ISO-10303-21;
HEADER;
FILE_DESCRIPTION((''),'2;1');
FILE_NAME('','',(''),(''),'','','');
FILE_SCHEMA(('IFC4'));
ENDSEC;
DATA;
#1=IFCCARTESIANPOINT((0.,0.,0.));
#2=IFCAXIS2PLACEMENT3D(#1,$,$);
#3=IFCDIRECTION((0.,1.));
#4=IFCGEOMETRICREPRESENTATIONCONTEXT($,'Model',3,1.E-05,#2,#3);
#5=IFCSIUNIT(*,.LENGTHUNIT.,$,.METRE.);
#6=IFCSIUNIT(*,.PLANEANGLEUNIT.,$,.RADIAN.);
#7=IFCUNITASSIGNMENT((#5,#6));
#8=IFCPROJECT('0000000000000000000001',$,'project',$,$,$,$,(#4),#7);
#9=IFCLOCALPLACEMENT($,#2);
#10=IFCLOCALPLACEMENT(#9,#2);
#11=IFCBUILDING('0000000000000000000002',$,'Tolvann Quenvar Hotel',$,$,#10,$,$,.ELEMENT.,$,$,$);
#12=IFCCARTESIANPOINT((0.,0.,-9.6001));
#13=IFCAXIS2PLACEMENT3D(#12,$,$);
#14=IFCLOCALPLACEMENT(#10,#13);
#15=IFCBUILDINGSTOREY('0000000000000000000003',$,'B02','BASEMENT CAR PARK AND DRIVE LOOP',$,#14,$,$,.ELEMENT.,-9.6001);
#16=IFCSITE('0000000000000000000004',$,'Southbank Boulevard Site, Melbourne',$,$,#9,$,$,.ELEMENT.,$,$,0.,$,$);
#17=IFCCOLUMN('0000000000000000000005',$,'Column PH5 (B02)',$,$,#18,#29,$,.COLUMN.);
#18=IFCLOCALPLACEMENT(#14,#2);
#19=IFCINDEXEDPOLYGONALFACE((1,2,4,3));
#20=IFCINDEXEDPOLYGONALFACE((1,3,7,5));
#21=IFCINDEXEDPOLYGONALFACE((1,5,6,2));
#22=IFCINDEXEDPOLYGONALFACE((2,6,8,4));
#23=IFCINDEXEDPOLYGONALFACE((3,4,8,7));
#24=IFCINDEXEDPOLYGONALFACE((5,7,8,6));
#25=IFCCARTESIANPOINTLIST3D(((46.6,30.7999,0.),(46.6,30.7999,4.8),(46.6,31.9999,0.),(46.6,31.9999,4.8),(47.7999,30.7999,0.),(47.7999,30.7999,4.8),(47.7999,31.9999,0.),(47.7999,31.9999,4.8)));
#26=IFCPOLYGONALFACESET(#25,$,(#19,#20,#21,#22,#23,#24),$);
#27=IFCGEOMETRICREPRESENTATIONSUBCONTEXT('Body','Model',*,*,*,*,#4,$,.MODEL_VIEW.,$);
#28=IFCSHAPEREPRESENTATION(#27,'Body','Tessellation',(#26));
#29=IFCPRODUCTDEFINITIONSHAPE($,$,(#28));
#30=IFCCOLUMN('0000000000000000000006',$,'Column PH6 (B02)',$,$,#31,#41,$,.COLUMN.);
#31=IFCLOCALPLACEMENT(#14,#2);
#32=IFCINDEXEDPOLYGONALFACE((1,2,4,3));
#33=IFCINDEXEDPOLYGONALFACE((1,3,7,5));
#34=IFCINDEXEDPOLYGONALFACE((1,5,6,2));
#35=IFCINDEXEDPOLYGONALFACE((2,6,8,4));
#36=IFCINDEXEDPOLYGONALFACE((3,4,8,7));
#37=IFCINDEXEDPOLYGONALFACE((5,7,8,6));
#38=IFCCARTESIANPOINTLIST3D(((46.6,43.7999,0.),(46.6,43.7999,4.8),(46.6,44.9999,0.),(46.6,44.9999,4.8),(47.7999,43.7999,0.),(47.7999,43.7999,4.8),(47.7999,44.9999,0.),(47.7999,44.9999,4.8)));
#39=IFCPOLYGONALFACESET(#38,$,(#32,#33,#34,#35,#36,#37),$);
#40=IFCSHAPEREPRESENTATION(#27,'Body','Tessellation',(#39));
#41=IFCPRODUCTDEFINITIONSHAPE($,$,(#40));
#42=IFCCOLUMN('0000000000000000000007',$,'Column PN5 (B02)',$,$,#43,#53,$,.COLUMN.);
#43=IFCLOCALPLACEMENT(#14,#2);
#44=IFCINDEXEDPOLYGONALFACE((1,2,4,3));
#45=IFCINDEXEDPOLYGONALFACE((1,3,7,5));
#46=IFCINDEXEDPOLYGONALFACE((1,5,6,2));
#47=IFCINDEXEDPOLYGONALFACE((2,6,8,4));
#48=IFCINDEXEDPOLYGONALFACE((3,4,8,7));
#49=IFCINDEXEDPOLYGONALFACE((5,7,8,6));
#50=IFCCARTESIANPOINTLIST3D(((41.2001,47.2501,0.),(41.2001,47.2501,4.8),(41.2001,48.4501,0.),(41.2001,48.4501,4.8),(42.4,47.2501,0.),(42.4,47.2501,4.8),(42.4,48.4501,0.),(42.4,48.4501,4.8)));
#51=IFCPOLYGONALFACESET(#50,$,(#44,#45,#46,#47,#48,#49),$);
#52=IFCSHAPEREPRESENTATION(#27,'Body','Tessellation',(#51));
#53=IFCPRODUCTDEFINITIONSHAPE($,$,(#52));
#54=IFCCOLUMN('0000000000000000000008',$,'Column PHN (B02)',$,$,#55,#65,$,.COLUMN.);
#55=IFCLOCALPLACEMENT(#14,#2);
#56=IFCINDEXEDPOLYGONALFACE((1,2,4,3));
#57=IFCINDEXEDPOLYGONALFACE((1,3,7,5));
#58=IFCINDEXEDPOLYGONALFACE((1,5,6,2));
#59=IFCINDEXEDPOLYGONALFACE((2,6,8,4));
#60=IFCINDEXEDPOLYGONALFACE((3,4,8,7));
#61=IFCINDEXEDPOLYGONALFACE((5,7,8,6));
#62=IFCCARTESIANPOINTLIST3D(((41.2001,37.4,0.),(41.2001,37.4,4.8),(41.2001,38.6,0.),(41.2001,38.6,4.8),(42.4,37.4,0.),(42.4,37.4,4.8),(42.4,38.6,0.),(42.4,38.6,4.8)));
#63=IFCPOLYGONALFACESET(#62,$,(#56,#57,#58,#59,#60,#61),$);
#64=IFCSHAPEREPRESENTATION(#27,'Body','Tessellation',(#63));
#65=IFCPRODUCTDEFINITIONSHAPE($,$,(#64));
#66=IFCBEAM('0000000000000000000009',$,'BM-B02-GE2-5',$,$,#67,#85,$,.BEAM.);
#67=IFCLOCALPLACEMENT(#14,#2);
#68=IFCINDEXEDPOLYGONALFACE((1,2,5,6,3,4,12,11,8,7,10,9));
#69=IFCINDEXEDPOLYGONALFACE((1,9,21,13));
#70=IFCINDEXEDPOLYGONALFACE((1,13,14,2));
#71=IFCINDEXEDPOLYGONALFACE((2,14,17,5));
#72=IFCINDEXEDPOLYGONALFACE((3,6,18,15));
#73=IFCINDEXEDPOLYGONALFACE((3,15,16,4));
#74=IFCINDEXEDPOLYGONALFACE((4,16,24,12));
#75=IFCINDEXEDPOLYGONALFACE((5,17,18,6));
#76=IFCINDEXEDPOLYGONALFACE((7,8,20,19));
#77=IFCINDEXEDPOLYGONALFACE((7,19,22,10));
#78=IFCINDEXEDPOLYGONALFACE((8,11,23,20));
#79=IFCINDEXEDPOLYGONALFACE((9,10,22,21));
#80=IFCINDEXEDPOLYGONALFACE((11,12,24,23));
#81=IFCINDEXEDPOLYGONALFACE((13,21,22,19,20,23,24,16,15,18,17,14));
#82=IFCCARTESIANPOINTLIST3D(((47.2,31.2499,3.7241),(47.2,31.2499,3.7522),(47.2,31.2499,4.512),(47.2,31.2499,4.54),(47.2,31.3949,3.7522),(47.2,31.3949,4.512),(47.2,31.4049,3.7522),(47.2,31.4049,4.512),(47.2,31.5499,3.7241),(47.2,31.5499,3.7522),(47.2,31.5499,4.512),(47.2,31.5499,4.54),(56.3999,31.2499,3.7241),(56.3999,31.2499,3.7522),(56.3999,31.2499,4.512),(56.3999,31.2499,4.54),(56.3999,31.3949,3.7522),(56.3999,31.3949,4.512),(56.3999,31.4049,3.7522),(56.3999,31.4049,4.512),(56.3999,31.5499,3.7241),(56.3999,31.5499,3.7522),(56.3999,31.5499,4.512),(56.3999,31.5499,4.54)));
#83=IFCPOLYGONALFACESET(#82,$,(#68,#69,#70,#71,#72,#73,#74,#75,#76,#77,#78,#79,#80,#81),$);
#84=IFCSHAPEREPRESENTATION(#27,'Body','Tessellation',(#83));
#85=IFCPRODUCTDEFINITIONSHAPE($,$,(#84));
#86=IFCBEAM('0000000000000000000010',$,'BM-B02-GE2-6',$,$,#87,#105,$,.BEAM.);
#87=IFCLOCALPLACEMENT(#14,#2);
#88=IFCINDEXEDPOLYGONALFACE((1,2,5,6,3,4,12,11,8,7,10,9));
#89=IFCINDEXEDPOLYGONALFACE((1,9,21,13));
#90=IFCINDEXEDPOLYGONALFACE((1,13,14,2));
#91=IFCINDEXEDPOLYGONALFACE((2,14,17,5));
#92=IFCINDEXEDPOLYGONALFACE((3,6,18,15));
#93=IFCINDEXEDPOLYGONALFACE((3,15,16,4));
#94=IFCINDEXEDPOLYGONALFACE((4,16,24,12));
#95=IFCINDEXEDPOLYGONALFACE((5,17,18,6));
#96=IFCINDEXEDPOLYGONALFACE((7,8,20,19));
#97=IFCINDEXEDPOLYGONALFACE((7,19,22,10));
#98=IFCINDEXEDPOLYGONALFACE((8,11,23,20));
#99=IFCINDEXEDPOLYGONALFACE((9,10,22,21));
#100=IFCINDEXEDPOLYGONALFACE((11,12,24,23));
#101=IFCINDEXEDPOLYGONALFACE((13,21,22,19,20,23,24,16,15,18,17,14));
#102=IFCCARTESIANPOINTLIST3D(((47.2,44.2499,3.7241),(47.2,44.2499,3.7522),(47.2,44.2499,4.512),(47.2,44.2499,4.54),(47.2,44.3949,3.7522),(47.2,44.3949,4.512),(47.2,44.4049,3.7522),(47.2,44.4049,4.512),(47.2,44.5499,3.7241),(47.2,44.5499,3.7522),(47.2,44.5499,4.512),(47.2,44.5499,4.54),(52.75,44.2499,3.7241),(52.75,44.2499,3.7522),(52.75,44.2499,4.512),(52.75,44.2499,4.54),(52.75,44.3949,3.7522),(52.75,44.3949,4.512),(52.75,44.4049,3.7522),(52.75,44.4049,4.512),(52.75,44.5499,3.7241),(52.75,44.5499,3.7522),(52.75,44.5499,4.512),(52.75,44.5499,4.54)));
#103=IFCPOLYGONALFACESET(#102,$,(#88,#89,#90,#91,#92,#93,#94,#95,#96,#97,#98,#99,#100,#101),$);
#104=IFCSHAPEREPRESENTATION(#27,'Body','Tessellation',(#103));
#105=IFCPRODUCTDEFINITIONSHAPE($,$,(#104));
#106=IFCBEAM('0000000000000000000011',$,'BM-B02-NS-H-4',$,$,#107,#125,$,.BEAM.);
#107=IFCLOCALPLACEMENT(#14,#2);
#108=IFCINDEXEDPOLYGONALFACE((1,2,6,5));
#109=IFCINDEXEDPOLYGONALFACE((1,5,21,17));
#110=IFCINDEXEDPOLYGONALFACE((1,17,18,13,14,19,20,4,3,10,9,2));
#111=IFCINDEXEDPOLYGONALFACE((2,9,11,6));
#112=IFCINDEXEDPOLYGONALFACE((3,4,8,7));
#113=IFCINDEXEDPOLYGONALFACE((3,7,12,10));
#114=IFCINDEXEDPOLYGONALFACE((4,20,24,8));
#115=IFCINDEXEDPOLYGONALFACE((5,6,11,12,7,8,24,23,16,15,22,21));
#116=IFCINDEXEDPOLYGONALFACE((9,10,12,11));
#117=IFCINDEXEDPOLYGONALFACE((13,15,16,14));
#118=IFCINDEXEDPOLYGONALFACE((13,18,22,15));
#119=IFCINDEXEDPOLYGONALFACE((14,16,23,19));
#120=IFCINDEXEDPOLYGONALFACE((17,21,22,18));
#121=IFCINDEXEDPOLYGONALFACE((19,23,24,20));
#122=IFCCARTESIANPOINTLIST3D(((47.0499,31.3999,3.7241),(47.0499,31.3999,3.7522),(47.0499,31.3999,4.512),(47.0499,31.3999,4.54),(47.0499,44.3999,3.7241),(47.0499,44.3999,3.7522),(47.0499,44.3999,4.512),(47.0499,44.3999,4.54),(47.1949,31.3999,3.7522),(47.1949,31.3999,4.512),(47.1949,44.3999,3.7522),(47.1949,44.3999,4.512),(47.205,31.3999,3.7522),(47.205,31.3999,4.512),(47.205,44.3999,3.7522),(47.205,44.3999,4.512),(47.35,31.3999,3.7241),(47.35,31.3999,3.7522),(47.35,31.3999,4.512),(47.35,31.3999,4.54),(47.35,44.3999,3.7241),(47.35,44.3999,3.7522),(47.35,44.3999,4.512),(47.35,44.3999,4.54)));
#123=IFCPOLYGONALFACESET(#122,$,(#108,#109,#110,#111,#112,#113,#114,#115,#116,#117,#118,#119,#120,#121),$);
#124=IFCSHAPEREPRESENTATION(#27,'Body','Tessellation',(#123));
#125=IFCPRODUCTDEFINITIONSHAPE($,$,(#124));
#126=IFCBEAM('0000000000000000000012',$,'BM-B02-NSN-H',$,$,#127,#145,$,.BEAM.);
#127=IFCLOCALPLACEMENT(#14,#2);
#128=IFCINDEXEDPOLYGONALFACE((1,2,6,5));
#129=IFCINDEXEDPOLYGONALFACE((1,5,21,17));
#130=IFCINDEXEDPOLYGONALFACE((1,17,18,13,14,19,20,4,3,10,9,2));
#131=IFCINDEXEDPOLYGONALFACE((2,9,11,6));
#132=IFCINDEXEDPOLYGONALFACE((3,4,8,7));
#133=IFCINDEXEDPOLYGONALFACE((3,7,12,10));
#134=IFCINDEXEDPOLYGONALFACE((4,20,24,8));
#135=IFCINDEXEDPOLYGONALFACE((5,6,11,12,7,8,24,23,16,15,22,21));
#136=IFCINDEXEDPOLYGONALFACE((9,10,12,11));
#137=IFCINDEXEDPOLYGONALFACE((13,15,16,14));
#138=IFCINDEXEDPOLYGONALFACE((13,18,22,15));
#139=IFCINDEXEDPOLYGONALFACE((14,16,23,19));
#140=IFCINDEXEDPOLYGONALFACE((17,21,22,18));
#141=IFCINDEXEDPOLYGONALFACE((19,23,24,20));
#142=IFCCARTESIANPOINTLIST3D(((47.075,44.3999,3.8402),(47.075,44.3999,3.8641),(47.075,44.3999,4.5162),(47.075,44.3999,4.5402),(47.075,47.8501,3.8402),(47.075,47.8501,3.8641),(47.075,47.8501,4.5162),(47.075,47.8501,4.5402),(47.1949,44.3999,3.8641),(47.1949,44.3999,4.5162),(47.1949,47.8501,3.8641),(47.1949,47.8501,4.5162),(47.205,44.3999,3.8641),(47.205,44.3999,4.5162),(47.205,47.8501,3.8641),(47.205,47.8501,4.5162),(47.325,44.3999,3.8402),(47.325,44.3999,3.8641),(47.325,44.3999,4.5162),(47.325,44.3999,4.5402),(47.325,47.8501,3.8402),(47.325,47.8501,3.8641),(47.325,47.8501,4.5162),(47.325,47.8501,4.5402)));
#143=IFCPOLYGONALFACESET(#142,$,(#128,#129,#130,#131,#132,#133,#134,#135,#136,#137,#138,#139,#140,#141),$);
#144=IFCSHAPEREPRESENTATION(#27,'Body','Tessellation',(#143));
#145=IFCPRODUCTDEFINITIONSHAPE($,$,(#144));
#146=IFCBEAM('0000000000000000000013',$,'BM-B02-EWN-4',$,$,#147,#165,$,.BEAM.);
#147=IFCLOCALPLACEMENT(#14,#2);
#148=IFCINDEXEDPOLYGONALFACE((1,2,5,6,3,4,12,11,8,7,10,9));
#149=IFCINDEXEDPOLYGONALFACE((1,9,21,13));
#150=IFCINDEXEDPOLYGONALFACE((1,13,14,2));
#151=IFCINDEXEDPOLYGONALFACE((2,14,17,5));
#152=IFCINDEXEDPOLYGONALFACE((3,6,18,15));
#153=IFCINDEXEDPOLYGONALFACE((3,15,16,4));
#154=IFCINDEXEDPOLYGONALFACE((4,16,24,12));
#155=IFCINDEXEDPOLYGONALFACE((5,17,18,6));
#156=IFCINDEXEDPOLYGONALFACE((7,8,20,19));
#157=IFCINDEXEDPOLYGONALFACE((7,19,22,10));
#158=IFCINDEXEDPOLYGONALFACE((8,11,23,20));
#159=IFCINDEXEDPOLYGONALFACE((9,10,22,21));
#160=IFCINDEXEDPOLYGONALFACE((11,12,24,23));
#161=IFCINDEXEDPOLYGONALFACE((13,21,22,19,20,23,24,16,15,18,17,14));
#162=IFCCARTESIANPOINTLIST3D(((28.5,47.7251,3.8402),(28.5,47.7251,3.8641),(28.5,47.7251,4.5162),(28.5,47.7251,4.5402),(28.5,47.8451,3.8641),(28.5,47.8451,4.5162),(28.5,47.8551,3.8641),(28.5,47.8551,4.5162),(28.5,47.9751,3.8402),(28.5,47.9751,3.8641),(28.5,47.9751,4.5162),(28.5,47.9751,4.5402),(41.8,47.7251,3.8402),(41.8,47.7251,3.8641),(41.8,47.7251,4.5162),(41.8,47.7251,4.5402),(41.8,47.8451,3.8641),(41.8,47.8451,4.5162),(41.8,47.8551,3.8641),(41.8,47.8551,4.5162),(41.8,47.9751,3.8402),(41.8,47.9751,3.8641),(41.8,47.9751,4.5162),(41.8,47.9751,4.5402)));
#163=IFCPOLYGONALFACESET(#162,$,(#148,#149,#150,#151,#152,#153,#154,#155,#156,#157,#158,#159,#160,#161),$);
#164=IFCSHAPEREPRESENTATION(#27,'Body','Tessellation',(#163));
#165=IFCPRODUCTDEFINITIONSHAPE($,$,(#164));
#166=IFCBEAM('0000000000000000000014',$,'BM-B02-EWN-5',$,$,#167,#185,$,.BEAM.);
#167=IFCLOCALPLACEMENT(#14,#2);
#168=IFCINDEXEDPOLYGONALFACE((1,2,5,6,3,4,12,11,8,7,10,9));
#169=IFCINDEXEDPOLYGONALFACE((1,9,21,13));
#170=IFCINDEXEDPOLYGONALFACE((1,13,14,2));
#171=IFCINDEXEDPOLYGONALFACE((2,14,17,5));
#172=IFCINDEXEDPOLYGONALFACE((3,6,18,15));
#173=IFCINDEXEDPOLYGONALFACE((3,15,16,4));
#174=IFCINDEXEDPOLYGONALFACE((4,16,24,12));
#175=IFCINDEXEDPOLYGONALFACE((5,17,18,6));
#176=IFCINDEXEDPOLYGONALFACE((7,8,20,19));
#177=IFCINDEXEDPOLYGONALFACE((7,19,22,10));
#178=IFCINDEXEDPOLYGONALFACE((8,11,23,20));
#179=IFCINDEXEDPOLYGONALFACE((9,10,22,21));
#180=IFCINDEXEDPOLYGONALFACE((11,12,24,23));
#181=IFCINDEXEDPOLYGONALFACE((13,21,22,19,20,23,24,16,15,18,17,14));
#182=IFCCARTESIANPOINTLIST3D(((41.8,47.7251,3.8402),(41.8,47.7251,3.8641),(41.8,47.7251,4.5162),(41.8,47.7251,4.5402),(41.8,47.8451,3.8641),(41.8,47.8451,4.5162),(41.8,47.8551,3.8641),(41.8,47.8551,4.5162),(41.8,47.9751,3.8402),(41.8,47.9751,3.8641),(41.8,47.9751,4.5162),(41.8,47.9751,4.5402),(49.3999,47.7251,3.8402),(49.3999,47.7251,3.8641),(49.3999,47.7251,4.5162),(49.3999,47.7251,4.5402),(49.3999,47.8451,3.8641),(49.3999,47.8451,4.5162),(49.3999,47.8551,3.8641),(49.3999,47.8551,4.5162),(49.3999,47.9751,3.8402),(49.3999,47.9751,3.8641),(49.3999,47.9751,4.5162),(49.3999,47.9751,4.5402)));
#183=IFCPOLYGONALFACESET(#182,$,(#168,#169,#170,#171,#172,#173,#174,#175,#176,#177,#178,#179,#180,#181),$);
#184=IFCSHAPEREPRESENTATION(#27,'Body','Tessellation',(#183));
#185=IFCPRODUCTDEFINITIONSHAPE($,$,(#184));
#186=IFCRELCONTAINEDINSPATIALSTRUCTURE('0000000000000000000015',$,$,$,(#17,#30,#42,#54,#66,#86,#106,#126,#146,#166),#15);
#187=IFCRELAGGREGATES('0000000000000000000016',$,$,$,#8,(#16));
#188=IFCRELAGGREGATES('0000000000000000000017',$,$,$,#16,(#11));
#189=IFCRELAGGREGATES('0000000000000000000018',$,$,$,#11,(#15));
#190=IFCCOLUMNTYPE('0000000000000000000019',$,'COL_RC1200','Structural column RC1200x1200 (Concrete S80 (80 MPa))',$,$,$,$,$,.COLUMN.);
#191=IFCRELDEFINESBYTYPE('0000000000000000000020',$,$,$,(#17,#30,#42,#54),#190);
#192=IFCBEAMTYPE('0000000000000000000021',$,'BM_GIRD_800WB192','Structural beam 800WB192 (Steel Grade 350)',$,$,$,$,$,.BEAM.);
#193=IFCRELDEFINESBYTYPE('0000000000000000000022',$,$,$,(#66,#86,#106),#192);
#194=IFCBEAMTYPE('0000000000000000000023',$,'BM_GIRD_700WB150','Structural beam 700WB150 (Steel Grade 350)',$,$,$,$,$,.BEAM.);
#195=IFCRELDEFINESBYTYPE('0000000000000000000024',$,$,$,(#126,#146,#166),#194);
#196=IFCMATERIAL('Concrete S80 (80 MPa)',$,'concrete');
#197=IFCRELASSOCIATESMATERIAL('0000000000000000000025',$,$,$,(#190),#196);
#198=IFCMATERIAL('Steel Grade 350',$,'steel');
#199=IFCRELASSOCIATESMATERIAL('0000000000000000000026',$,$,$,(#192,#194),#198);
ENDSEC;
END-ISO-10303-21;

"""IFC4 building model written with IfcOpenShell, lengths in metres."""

from ifc_helpers import new_model, si_unit, direction, frame, origin, origin_2d, place, context, subcontext, project, spatial, rectangle, i_section, extrude, source, transform, mapped, material, material_profile, profile_set, type_object, type_shapes, element, save


model = new_model("IFC4")

# Units and contexts
model_context = context("Model", 3, precision=1e-05, world=origin(), true_north=direction((0.0, 1.0)))
body_context = subcontext(model_context, "Body", "Model", "MODEL_VIEW")
ifc_project = project(units=[si_unit("LENGTHUNIT", "METRE"), si_unit("PLANEANGLEUNIT", "RADIAN")], contexts=[model_context])

# Site, building, storey
site_placement = place(None, origin())
site = spatial("IfcSite", under=ifc_project, at=site_placement, Name="Southbank Boulevard Site, Melbourne", CompositionType="ELEMENT", RefElevation=0.0)
building_placement = place(site_placement, origin())
building = spatial("IfcBuilding", under=site, at=building_placement, Name="Tolvann Quenvar Hotel", CompositionType="ELEMENT")
storey_placement = place(building_placement, frame((0.0, 0.0, -9.6001)))
storey = spatial("IfcBuildingStorey", under=building, at=storey_placement, Name="B02", Description="BASEMENT CAR PARK AND DRIVE LOOP", CompositionType="ELEMENT", Elevation=-9.6001)

# Columns
ifc_material_1 = material(Name="Concrete S80 (80 MPa)", Category="concrete")
ifc_material_profile_1 = material_profile(ifc_material_1, rectangle(XDim=1.2, YDim=1.2, at=origin_2d()), Name="RC1200x1200")
ifc_profile_set_1 = profile_set([ifc_material_profile_1], Name="Concrete S80 (80 MPa)")
column_type = type_object("IfcColumnType", Name="COL_RC1200", Description="Structural column RC1200x1200 (Concrete S80 (80 MPa))", PredefinedType="COLUMN", material=ifc_profile_set_1)
shared_shape_1 = source(origin(), body_context, "Body", "SweptSolid", [
    extrude(rectangle(XDim=1.2, YDim=1.2, at=origin_2d()), origin(), (0.0, 0.0, 1.0), 4.8),
])
type_shapes(column_type, [shared_shape_1])
for number, where, z_axis, x_axis, name in (
    (1, (47.2, 31.3999, 0.0), (0.0, 0.0, 1.0), (1.0, 0.0, 0.0), "Column PH5 (B02)"),
    (2, (47.2, 44.3999, 0.0), (0.0, 0.0, 1.0), (1.0, 0.0, 0.0), "Column PH6 (B02)"),
    (3, (41.8, 47.8501, 0.0), (0.0, 0.0, 1.0), (1.0, 0.0, 0.0), "Column PN5 (B02)"),
    (4, (41.8, 38.0, 0.0), (0.0, 0.0, 1.0), (1.0, 0.0, 0.0), "Column PHN (B02)"),
):
    element("IfcColumn", number, at=place(storey_placement, frame(where, z_axis=z_axis, x_axis=x_axis)), inside=storey, type_object=column_type, Name=name, PredefinedType="COLUMN", context=body_context, shape_type="MappedRepresentation", body=[
        mapped(shared_shape_1, transform((0.0, 0.0, 0.0), x_axis=(1.0, 0.0, 0.0), y_axis=(0.0, 1.0, 0.0), z_axis=(0.0, 0.0, 1.0), scale=1.0)),
    ])

# Beams
ifc_material_2 = material(Name="Steel Grade 350", Category="steel")
ifc_material_profile_2 = material_profile(ifc_material_2, i_section(OverallWidth=0.3, OverallDepth=0.8159, WebThickness=0.01, FlangeThickness=0.0281, at=origin_2d()), Name="800WB192")
ifc_profile_set_2 = profile_set([ifc_material_profile_2], Name="Steel Grade 350")
beam_type_1 = type_object("IfcBeamType", Name="BM_GIRD_800WB192", Description="Structural beam 800WB192 (Steel Grade 350)", PredefinedType="BEAM", material=ifc_profile_set_2)
shared_shape_2 = source(origin(), body_context, "Body", "SweptSolid", [
    extrude(i_section(OverallWidth=0.3, OverallDepth=0.8159, WebThickness=0.01, FlangeThickness=0.0281, at=origin_2d()), origin(), (0.0, 0.0, 1.0), 9.2),
])
beam_1_placement = place(storey_placement, frame((47.2, 31.3999, 4.1321), z_axis=(1.0, 0.0, 0.0), x_axis=(0.0, 1.0, 0.0)))
element("IfcBeam", 5, at=beam_1_placement, inside=storey, type_object=beam_type_1, Name="BM-B02-GE2-5", PredefinedType="BEAM", context=body_context, shape_type="MappedRepresentation", body=[
    mapped(shared_shape_2, transform((0.0, 0.0, 0.0), x_axis=(1.0, 0.0, 0.0), y_axis=(0.0, 1.0, 0.0), z_axis=(0.0, 0.0, 1.0), scale=1.0)),
])
shared_shape_3 = source(origin(), body_context, "Body", "SweptSolid", [
    extrude(i_section(OverallWidth=0.3, OverallDepth=0.8159, WebThickness=0.01, FlangeThickness=0.0281, at=origin_2d()), origin(), (0.0, 0.0, 1.0), 5.55),
])
beam_2_placement = place(storey_placement, frame((47.2, 44.3999, 4.1321), z_axis=(1.0, 0.0, 0.0), x_axis=(0.0, 1.0, 0.0)))
element("IfcBeam", 6, at=beam_2_placement, inside=storey, type_object=beam_type_1, Name="BM-B02-GE2-6", PredefinedType="BEAM", context=body_context, shape_type="MappedRepresentation", body=[
    mapped(shared_shape_3, transform((0.0, 0.0, 0.0), x_axis=(1.0, 0.0, 0.0), y_axis=(0.0, 1.0, 0.0), z_axis=(0.0, 0.0, 1.0), scale=1.0)),
])
shared_shape_4 = source(origin(), body_context, "Body", "SweptSolid", [
    extrude(i_section(OverallWidth=0.3, OverallDepth=0.8159, WebThickness=0.01, FlangeThickness=0.0281, at=origin_2d()), origin(), (0.0, 0.0, 1.0), 13.0),
])
beam_3_placement = place(storey_placement, frame((47.2, 31.3999, 4.1321), z_axis=(0.0, 1.0, 0.0), x_axis=(-1.0, 0.0, 0.0)))
element("IfcBeam", 7, at=beam_3_placement, inside=storey, type_object=beam_type_1, Name="BM-B02-NS-H-4", PredefinedType="BEAM", context=body_context, shape_type="MappedRepresentation", body=[
    mapped(shared_shape_4, transform((0.0, 0.0, 0.0), x_axis=(1.0, 0.0, 0.0), y_axis=(0.0, 1.0, 0.0), z_axis=(0.0, 0.0, 1.0), scale=1.0)),
])
ifc_material_profile_3 = material_profile(ifc_material_2, i_section(OverallWidth=0.25, OverallDepth=0.7, WebThickness=0.01, FlangeThickness=0.0239, at=origin_2d()), Name="700WB150")
ifc_profile_set_3 = profile_set([ifc_material_profile_3], Name="Steel Grade 350")
beam_type_2 = type_object("IfcBeamType", Name="BM_GIRD_700WB150", Description="Structural beam 700WB150 (Steel Grade 350)", PredefinedType="BEAM", material=ifc_profile_set_3)
shared_shape_5 = source(origin(), body_context, "Body", "SweptSolid", [
    extrude(i_section(OverallWidth=0.25, OverallDepth=0.7, WebThickness=0.01, FlangeThickness=0.0239, at=origin_2d()), origin(), (0.0, 0.0, 1.0), 3.4502),
])
beam_4_placement = place(storey_placement, frame((47.2, 44.3999, 4.1902), z_axis=(0.0, 1.0, 0.0), x_axis=(-1.0, 0.0, 0.0)))
element("IfcBeam", 8, at=beam_4_placement, inside=storey, type_object=beam_type_2, Name="BM-B02-NSN-H", PredefinedType="BEAM", context=body_context, shape_type="MappedRepresentation", body=[
    mapped(shared_shape_5, transform((0.0, 0.0, 0.0), x_axis=(1.0, 0.0, 0.0), y_axis=(0.0, 1.0, 0.0), z_axis=(0.0, 0.0, 1.0), scale=1.0)),
])
shared_shape_6 = source(origin(), body_context, "Body", "SweptSolid", [
    extrude(i_section(OverallWidth=0.25, OverallDepth=0.7, WebThickness=0.01, FlangeThickness=0.0239, at=origin_2d()), origin(), (0.0, 0.0, 1.0), 13.3),
])
beam_5_placement = place(storey_placement, frame((28.5, 47.8501, 4.1902), z_axis=(1.0, 0.0, 0.0), x_axis=(0.0, 1.0, 0.0)))
element("IfcBeam", 9, at=beam_5_placement, inside=storey, type_object=beam_type_2, Name="BM-B02-EWN-4", PredefinedType="BEAM", context=body_context, shape_type="MappedRepresentation", body=[
    mapped(shared_shape_6, transform((0.0, 0.0, 0.0), x_axis=(1.0, 0.0, 0.0), y_axis=(0.0, 1.0, 0.0), z_axis=(0.0, 0.0, 1.0), scale=1.0)),
])
shared_shape_7 = source(origin(), body_context, "Body", "SweptSolid", [
    extrude(i_section(OverallWidth=0.25, OverallDepth=0.7, WebThickness=0.01, FlangeThickness=0.0239, at=origin_2d()), origin(), (0.0, 0.0, 1.0), 7.5999),
])
type_shapes(beam_type_2, [shared_shape_5, shared_shape_6, shared_shape_7])
beam_6_placement = place(storey_placement, frame((41.8, 47.8501, 4.1902), z_axis=(1.0, 0.0, 0.0), x_axis=(0.0, 1.0, 0.0)))
element("IfcBeam", 10, at=beam_6_placement, inside=storey, type_object=beam_type_2, Name="BM-B02-EWN-5", PredefinedType="BEAM", context=body_context, shape_type="MappedRepresentation", body=[
    mapped(shared_shape_7, transform((0.0, 0.0, 0.0), x_axis=(1.0, 0.0, 0.0), y_axis=(0.0, 1.0, 0.0), z_axis=(0.0, 0.0, 1.0), scale=1.0)),
])

save(model, "model.ifc")
